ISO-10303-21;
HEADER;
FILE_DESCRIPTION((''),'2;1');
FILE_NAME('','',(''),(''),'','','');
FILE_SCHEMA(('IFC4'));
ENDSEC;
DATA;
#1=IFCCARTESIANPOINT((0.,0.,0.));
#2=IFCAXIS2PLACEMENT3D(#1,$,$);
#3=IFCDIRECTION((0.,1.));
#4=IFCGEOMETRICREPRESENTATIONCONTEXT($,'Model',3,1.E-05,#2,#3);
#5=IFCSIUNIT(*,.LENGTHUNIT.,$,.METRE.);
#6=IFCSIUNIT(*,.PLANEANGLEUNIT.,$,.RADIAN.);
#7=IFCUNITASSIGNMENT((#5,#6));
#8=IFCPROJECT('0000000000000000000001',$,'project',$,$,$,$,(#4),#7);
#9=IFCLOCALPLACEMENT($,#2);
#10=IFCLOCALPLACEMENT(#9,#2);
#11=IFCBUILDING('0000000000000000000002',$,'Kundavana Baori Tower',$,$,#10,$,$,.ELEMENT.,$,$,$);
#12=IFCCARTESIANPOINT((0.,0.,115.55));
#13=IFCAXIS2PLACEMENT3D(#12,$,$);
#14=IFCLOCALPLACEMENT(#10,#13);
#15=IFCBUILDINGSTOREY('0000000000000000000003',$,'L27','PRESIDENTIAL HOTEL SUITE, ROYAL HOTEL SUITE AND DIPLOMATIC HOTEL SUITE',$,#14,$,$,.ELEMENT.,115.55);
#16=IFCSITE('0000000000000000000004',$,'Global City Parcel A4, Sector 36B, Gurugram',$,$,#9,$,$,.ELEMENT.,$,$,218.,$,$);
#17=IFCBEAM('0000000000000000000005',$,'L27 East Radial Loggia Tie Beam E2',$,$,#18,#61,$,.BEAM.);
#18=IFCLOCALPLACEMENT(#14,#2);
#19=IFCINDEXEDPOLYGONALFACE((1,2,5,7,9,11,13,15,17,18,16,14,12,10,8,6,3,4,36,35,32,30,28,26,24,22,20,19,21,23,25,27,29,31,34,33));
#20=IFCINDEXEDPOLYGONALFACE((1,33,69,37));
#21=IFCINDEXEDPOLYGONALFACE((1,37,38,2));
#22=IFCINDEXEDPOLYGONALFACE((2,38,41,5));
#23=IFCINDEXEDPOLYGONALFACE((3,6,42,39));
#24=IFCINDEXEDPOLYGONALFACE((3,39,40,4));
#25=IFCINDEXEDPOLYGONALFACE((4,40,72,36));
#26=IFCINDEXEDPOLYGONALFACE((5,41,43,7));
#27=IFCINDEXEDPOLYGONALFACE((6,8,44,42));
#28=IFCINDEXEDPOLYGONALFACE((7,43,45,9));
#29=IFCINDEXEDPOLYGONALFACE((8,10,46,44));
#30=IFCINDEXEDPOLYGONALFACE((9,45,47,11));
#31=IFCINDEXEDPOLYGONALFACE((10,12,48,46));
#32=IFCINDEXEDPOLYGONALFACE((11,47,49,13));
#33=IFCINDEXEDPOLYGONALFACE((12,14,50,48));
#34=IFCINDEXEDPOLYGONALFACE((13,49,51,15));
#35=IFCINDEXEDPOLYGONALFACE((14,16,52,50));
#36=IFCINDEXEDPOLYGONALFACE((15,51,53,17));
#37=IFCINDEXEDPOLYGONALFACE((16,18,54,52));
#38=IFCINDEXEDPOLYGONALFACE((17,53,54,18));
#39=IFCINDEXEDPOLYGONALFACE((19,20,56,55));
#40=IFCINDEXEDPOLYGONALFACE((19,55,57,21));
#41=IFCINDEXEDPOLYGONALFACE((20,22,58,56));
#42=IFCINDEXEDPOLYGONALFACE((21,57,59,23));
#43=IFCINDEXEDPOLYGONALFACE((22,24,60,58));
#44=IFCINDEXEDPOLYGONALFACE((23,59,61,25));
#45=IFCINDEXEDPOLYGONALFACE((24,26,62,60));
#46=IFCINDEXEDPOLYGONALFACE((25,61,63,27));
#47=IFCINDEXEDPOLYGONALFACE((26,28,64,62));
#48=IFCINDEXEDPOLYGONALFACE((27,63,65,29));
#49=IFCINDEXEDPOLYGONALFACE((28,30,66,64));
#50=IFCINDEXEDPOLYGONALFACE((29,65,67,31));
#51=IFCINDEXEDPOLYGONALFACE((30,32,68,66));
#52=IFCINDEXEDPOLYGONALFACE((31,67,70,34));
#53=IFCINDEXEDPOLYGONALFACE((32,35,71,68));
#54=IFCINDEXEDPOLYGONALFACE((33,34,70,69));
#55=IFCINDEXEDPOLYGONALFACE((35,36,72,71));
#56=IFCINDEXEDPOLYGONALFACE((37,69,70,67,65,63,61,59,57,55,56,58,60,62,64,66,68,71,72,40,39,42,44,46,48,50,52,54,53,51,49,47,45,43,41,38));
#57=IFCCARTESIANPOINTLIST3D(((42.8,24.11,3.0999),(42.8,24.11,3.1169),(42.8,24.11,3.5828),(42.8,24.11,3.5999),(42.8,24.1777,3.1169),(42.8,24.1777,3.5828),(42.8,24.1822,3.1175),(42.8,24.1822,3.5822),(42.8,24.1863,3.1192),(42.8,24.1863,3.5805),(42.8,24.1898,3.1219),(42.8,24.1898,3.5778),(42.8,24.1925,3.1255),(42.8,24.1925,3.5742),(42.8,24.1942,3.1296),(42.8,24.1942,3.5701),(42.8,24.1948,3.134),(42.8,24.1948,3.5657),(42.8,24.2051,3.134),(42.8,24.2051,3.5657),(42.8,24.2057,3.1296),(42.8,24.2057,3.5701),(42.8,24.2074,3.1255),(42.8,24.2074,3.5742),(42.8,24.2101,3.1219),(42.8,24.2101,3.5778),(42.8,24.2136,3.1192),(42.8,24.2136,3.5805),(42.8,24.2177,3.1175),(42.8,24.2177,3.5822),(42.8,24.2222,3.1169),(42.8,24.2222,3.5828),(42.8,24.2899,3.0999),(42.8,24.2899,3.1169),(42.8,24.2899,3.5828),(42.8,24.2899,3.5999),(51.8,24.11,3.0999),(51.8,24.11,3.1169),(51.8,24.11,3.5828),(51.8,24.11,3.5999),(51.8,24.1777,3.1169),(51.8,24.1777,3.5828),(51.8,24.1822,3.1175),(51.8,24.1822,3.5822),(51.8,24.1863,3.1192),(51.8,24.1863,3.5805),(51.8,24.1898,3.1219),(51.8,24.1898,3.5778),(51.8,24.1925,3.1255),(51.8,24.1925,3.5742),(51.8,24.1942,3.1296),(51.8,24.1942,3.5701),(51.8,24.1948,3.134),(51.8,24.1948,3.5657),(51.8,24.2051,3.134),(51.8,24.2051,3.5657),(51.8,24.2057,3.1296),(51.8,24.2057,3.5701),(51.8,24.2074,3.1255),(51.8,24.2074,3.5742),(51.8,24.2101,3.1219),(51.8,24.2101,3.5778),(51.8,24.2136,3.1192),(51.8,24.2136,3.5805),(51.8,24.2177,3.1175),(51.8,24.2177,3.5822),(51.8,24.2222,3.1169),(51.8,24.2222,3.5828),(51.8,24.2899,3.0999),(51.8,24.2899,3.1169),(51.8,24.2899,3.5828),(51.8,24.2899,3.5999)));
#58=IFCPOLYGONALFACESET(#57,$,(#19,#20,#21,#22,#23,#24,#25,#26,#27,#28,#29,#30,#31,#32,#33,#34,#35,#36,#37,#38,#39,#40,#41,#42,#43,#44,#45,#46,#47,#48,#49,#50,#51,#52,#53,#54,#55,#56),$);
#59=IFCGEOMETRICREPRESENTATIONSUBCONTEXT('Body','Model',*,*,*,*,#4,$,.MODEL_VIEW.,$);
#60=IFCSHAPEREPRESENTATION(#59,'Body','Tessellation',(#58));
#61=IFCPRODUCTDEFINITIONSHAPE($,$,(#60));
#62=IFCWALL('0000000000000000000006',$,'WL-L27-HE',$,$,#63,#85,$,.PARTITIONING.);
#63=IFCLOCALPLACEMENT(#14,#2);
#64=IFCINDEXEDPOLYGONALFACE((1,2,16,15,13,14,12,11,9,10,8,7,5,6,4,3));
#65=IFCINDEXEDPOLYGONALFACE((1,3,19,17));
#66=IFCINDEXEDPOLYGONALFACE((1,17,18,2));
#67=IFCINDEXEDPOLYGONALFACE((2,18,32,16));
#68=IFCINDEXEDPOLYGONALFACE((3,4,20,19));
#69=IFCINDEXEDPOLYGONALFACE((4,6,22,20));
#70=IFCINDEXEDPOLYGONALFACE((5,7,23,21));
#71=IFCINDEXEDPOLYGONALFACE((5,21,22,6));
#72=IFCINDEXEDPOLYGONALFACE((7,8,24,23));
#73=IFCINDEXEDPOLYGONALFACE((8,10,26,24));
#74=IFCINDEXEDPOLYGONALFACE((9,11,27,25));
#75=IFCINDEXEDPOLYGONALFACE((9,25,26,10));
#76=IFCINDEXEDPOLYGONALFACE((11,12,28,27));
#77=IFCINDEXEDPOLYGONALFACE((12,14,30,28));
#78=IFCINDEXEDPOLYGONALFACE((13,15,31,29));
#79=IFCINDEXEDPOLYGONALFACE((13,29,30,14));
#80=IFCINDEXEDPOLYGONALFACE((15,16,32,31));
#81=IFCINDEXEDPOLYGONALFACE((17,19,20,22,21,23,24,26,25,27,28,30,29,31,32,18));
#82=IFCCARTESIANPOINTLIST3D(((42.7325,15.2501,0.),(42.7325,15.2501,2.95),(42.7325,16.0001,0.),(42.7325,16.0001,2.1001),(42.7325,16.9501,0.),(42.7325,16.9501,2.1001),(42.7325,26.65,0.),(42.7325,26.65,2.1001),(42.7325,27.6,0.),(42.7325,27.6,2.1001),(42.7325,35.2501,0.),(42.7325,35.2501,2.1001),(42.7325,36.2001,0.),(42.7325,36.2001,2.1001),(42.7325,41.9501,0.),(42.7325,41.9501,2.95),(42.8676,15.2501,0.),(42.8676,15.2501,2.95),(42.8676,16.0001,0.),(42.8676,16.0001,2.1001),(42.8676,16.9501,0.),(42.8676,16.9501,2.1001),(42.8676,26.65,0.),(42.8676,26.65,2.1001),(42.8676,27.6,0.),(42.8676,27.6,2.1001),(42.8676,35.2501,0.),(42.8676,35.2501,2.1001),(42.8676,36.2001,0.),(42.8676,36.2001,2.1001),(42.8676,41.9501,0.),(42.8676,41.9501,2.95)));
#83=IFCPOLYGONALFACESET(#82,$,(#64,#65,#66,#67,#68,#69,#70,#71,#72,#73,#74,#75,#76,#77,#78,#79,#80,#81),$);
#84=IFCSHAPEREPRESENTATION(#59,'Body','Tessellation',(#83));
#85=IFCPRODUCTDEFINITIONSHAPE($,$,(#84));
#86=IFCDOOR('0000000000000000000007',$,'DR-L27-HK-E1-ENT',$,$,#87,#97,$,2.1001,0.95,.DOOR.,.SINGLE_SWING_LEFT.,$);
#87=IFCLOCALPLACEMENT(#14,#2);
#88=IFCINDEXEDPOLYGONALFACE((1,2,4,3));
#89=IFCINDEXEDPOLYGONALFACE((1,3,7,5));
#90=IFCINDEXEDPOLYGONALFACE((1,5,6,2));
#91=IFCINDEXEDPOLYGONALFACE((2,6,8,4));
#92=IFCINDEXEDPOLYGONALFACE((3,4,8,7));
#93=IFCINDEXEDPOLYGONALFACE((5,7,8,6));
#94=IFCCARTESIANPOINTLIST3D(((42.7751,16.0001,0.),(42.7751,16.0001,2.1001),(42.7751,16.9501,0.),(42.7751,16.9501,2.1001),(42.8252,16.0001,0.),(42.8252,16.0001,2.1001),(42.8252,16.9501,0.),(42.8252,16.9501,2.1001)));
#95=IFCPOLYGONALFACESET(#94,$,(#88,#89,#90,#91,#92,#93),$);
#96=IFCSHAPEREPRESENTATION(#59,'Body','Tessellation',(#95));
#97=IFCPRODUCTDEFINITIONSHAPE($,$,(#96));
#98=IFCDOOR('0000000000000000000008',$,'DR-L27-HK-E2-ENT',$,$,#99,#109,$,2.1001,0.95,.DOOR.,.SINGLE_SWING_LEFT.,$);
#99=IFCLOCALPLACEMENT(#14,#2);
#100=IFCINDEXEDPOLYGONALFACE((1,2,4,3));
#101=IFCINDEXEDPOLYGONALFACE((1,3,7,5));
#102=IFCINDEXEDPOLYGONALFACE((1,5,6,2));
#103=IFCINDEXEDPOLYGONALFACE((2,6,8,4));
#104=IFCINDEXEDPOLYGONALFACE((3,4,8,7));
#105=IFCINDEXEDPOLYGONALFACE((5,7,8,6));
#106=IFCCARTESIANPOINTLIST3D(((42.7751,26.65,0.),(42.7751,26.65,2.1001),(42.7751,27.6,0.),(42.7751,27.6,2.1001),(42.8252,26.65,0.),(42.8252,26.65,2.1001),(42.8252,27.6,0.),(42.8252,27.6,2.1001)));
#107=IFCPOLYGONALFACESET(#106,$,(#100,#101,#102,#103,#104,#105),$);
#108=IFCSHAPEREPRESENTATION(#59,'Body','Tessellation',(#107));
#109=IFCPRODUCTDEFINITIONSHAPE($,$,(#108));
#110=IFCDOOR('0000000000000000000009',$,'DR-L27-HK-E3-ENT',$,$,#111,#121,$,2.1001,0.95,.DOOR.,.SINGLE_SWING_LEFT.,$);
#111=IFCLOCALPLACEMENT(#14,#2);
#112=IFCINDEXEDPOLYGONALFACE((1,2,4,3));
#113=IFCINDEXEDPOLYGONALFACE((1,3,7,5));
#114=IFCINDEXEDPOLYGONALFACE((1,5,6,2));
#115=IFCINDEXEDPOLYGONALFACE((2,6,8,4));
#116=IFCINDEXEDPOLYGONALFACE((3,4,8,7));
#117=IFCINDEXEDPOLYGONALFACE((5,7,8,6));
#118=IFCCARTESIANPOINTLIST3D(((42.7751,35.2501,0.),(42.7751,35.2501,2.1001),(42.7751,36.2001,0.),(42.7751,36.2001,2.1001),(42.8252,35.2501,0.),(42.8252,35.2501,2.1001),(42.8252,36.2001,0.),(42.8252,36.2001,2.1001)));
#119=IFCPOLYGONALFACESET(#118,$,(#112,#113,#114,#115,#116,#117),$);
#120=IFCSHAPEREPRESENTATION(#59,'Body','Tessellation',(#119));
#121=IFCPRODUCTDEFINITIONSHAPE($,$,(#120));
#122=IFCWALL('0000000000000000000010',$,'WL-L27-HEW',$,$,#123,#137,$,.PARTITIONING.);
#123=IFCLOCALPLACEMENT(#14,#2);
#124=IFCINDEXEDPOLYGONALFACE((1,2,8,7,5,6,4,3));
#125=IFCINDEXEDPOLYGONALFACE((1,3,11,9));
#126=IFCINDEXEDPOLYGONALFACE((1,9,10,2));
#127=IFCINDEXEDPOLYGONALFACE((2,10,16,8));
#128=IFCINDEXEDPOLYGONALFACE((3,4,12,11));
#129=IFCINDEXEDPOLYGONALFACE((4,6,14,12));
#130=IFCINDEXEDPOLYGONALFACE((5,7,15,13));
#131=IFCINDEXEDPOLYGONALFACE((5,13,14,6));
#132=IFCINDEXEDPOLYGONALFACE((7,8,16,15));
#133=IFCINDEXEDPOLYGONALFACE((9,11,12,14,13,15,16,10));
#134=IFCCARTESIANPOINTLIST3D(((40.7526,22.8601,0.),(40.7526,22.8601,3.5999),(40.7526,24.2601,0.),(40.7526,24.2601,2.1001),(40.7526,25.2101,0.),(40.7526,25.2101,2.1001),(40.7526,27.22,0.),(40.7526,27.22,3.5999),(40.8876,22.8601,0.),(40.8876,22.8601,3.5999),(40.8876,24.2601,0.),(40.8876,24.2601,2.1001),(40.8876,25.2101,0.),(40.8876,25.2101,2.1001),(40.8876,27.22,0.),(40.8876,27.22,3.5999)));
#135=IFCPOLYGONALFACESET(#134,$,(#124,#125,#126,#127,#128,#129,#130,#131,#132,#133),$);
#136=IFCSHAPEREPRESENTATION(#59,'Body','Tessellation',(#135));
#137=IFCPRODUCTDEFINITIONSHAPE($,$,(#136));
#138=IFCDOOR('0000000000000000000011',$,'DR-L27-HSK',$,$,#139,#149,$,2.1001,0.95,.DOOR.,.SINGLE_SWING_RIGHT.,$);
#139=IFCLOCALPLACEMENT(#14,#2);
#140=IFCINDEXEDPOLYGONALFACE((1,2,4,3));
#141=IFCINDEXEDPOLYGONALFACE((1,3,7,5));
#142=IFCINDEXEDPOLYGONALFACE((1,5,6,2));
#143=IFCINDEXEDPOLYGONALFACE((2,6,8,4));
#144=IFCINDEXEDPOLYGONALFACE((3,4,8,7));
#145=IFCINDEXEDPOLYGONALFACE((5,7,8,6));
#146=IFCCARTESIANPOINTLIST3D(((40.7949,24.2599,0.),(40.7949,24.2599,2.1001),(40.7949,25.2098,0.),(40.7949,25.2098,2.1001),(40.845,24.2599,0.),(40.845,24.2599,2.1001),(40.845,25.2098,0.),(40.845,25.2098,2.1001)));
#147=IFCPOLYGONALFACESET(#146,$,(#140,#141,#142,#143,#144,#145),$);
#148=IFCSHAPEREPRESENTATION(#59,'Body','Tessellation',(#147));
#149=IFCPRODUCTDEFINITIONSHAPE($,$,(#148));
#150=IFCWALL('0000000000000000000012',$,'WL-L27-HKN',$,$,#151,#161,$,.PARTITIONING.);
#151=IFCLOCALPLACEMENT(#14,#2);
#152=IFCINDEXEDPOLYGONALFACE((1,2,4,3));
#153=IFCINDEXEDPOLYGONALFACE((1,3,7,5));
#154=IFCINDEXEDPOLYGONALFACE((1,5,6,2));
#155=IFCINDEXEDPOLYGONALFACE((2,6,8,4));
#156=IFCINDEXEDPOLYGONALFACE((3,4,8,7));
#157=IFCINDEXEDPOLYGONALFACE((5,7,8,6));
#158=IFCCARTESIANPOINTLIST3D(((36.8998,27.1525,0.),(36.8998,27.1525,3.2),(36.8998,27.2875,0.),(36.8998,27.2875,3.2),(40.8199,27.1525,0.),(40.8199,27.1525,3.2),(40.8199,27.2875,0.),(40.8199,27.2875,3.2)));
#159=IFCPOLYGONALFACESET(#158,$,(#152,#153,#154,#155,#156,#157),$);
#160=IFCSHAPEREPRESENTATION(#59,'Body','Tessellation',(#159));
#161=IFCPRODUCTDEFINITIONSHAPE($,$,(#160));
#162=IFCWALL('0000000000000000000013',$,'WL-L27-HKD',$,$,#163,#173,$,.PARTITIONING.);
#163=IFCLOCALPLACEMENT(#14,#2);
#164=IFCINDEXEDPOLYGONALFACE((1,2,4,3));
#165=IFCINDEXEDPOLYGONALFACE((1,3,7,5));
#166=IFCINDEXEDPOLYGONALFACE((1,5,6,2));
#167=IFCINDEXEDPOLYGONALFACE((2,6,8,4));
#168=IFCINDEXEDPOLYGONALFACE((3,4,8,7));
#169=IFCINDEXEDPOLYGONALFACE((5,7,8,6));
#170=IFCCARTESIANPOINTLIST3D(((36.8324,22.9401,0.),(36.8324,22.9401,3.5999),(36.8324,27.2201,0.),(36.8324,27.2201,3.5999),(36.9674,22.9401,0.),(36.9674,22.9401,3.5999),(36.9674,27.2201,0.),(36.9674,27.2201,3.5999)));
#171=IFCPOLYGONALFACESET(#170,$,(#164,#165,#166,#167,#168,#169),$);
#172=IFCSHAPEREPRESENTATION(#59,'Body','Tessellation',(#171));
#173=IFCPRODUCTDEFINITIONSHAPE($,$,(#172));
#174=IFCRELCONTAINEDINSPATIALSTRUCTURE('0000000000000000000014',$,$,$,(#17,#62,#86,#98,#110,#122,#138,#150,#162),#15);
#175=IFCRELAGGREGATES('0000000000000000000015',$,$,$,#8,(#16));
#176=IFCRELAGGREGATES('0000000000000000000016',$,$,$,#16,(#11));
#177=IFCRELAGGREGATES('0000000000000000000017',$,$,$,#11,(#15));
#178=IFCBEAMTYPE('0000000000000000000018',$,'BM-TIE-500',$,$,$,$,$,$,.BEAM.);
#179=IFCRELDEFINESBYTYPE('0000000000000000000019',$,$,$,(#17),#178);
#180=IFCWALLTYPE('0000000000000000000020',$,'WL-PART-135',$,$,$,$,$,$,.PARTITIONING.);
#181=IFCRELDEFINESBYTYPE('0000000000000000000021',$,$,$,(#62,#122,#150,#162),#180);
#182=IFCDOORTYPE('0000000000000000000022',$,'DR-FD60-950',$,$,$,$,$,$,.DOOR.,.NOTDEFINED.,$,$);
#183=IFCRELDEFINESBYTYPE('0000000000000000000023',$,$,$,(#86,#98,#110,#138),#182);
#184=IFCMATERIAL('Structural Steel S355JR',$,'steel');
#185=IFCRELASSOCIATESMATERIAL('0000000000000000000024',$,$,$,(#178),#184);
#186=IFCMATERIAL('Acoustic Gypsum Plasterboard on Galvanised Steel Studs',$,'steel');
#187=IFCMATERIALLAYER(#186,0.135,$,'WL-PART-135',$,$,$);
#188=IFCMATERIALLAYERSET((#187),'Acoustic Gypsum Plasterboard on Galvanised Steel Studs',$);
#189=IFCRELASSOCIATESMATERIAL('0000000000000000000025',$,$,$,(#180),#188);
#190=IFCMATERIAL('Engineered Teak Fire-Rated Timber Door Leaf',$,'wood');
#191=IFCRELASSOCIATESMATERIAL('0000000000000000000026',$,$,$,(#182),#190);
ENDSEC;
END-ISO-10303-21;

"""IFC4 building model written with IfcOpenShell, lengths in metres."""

from ifc_helpers import new_model, si_unit, direction, frame, frame_2d, origin, origin_2d, place, context, subcontext, project, spatial, rectangle, i_section, extrude, material, layer, layer_set, material_profile, profile_set, type_object, element, fill, save


model = new_model("IFC4")

# Units and contexts
model_context = context("Model", 3, precision=1e-05, world=origin(), true_north=direction((0.0, 1.0)))
body_context = subcontext(model_context, "Body", "Model", "MODEL_VIEW")
ifc_project = project(units=[si_unit("LENGTHUNIT", "METRE"), si_unit("PLANEANGLEUNIT", "RADIAN")], contexts=[model_context])

# Site, building, storey
site_placement = place(None, origin())
site = spatial("IfcSite", under=ifc_project, at=site_placement, Name="Global City Parcel A4, Sector 36B, Gurugram", CompositionType="ELEMENT", RefElevation=218.0)
building_placement = place(site_placement, origin())
building = spatial("IfcBuilding", under=site, at=building_placement, Name="Kundavana Baori Tower", CompositionType="ELEMENT")
storey_placement = place(building_placement, frame((0.0, 0.0, 115.55)))
storey = spatial("IfcBuildingStorey", under=building, at=storey_placement, Name="L27", Description="PRESIDENTIAL HOTEL SUITE, ROYAL HOTEL SUITE AND DIPLOMATIC HOTEL SUITE", CompositionType="ELEMENT", Elevation=115.55)

# Beam
ifc_material_1 = material(Name="Structural Steel S355JR", Category="steel")
ifc_material_profile_1 = material_profile(ifc_material_1, i_section(OverallWidth=0.1799, OverallDepth=0.5, WebThickness=0.0103, FlangeThickness=0.0171, FilletRadius=0.0171, at=origin_2d()), Name="ISMB 500")
ifc_profile_set_1 = profile_set([ifc_material_profile_1], Name="Structural Steel S355JR")
beam_type_1 = type_object("IfcBeamType", Name="BM-TIE-500", PredefinedType="BEAM", material=ifc_profile_set_1)
beam_1_placement = place(storey_placement, frame((42.8, 24.2, 3.3499), z_axis=(1.0, 0.0, 0.0), x_axis=(0.0, 1.0, 0.0)))
element("IfcBeam", 1, at=beam_1_placement, inside=storey, type_object=beam_type_1, Name="L27 East Radial Loggia Tie Beam E2", PredefinedType="BEAM", context=body_context, shape_type="SweptSolid", body=[
    extrude(i_section(OverallWidth=0.1799, OverallDepth=0.5, WebThickness=0.0103, FlangeThickness=0.0171, FilletRadius=0.0171, at=origin_2d()), origin(), (0.0, 0.0, 1.0), 9.0),
])

# Wall, openings, doors
ifc_material_2 = material(Name="Acoustic Gypsum Plasterboard on Galvanised Steel Studs", Category="steel")
ifc_layer_1 = layer(ifc_material_2, 0.135, Name="WL-PART-135")
ifc_layer_set_1 = layer_set([ifc_layer_1], Name="Acoustic Gypsum Plasterboard on Galvanised Steel Studs")
wall_type_1 = type_object("IfcWallType", Name="WL-PART-135", PredefinedType="PARTITIONING", material=ifc_layer_set_1)
wall_1_placement = place(storey_placement, frame((42.8, 15.25, 0.0), z_axis=(0.0, 0.0, 1.0), x_axis=(0.0, 1.0, 0.0)))
wall_1 = element("IfcWall", 2, at=wall_1_placement, inside=storey, type_object=wall_type_1, Name="WL-L27-HE", PredefinedType="PARTITIONING", context=body_context, shape_type="SweptSolid", body=[
    extrude(rectangle(XDim=26.7, YDim=0.135, at=frame_2d((13.3501, 0.0))), origin(), (0.0, 0.0, 1.0), 2.95),
])
opening_1_placement = place(wall_1_placement, frame((0.75, 0.0, 0.0)))
opening_1 = element("IfcOpeningElement", 3, at=opening_1_placement, cuts=wall_1, PredefinedType="OPENING", context=body_context, shape_type="SweptSolid", body=[
    extrude(rectangle(XDim=0.95, YDim=2.1001, at=frame_2d((0.4751, 1.05))), frame((0.0, 0.0776, 0.0), z_axis=(0.0, -1.0, 0.0), x_axis=(1.0, 0.0, 0.0)), (0.0, 0.0, 1.0), 0.155),
])
opening_2_placement = place(wall_1_placement, frame((11.3999, 0.0, 0.0)))
opening_2 = element("IfcOpeningElement", 4, at=opening_2_placement, cuts=wall_1, PredefinedType="OPENING", context=body_context, shape_type="SweptSolid", body=[
    extrude(rectangle(XDim=0.95, YDim=2.1001, at=frame_2d((0.4751, 1.05))), frame((0.0, 0.0776, 0.0), z_axis=(0.0, -1.0, 0.0), x_axis=(1.0, 0.0, 0.0)), (0.0, 0.0, 1.0), 0.155),
])
opening_3_placement = place(wall_1_placement, frame((20.0, 0.0, 0.0)))
opening_3 = element("IfcOpeningElement", 5, at=opening_3_placement, cuts=wall_1, PredefinedType="OPENING", context=body_context, shape_type="SweptSolid", body=[
    extrude(rectangle(XDim=0.95, YDim=2.1001, at=frame_2d((0.4751, 1.05))), frame((0.0, 0.0776, 0.0), z_axis=(0.0, -1.0, 0.0), x_axis=(1.0, 0.0, 0.0)), (0.0, 0.0, 1.0), 0.155),
])
ifc_material_3 = material(Name="Engineered Teak Fire-Rated Timber Door Leaf", Category="wood")
door_type_1 = type_object("IfcDoorType", Name="DR-FD60-950", OperationType="NOTDEFINED", PredefinedType="DOOR", material=ifc_material_3)
door_1_placement = place(opening_1_placement, origin())
door_1 = element("IfcDoor", 6, at=door_1_placement, inside=storey, type_object=door_type_1, Name="DR-L27-HK-E1-ENT", OperationType="SINGLE_SWING_LEFT", OverallHeight=2.1001, OverallWidth=0.95, PredefinedType="DOOR", context=body_context, shape_type="SweptSolid", body=[
    extrude(rectangle(XDim=0.95, YDim=2.1001, at=frame_2d((0.4751, 1.05))), frame((0.0, 0.0249, 0.0), z_axis=(0.0, -1.0, 0.0), x_axis=(1.0, 0.0, 0.0)), (0.0, 0.0, 1.0), 0.05),
])
fill(opening_1, door_1)
door_2_placement = place(opening_2_placement, origin())
door_2 = element("IfcDoor", 7, at=door_2_placement, inside=storey, type_object=door_type_1, Name="DR-L27-HK-E2-ENT", OperationType="SINGLE_SWING_LEFT", OverallHeight=2.1001, OverallWidth=0.95, PredefinedType="DOOR", context=body_context, shape_type="SweptSolid", body=[
    extrude(rectangle(XDim=0.95, YDim=2.1001, at=frame_2d((0.4751, 1.05))), frame((0.0, 0.0249, 0.0), z_axis=(0.0, -1.0, 0.0), x_axis=(1.0, 0.0, 0.0)), (0.0, 0.0, 1.0), 0.05),
])
fill(opening_2, door_2)
door_3_placement = place(opening_3_placement, origin())
door_3 = element("IfcDoor", 8, at=door_3_placement, inside=storey, type_object=door_type_1, Name="DR-L27-HK-E3-ENT", OperationType="SINGLE_SWING_LEFT", OverallHeight=2.1001, OverallWidth=0.95, PredefinedType="DOOR", context=body_context, shape_type="SweptSolid", body=[
    extrude(rectangle(XDim=0.95, YDim=2.1001, at=frame_2d((0.4751, 1.05))), frame((0.0, 0.0249, 0.0), z_axis=(0.0, -1.0, 0.0), x_axis=(1.0, 0.0, 0.0)), (0.0, 0.0, 1.0), 0.05),
])
fill(opening_3, door_3)

# Wall, opening, door
wall_2_placement = place(storey_placement, frame((40.8201, 22.8601, 0.0), z_axis=(0.0, 0.0, 1.0), x_axis=(0.0, 1.0, 0.0)))
wall_2 = element("IfcWall", 9, at=wall_2_placement, inside=storey, type_object=wall_type_1, Name="WL-L27-HEW", PredefinedType="PARTITIONING", context=body_context, shape_type="SweptSolid", body=[
    extrude(rectangle(XDim=4.3599, YDim=0.135, at=frame_2d((2.1799, 0.0))), origin(), (0.0, 0.0, 1.0), 3.5999),
])
opening_4_placement = place(wall_2_placement, frame((1.3999, 0.0, 0.0)))
opening_4 = element("IfcOpeningElement", 10, at=opening_4_placement, cuts=wall_2, PredefinedType="OPENING", context=body_context, shape_type="SweptSolid", body=[
    extrude(rectangle(XDim=0.95, YDim=2.1001, at=frame_2d((0.4751, 1.05))), frame((0.0, 0.0776, 0.0), z_axis=(0.0, -1.0, 0.0), x_axis=(1.0, 0.0, 0.0)), (0.0, 0.0, 1.0), 0.155),
])
door_4_placement = place(opening_4_placement, frame((0.95, 0.0, 0.0), z_axis=(0.0, 0.0, 1.0), x_axis=(-1.0, 0.0, 0.0)))
door_4 = element("IfcDoor", 11, at=door_4_placement, inside=storey, type_object=door_type_1, Name="DR-L27-HSK", OperationType="SINGLE_SWING_RIGHT", OverallHeight=2.1001, OverallWidth=0.95, PredefinedType="DOOR", context=body_context, shape_type="SweptSolid", body=[
    extrude(rectangle(XDim=0.95, YDim=2.1001, at=frame_2d((0.4751, 1.05))), frame((0.0, 0.0249, 0.0), z_axis=(0.0, -1.0, 0.0), x_axis=(1.0, 0.0, 0.0)), (0.0, 0.0, 1.0), 0.05),
])
fill(opening_4, door_4)

# Walls
wall_3_placement = place(storey_placement, frame((36.8999, 27.22, 0.0), z_axis=(0.0, 0.0, 1.0), x_axis=(1.0, 0.0, 0.0)))
element("IfcWall", 12, at=wall_3_placement, inside=storey, type_object=wall_type_1, Name="WL-L27-HKN", PredefinedType="PARTITIONING", context=body_context, shape_type="SweptSolid", body=[
    extrude(rectangle(XDim=3.9202, YDim=0.135, at=frame_2d((1.96, 0.0))), origin(), (0.0, 0.0, 1.0), 3.2),
])
wall_4_placement = place(storey_placement, frame((36.8999, 22.9399, 0.0), z_axis=(0.0, 0.0, 1.0), x_axis=(0.0, 1.0, 0.0)))
element("IfcWall", 13, at=wall_4_placement, inside=storey, type_object=wall_type_1, Name="WL-L27-HKD", PredefinedType="PARTITIONING", context=body_context, shape_type="SweptSolid", body=[
    extrude(rectangle(XDim=4.28, YDim=0.135, at=frame_2d((2.1401, 0.0))), origin(), (0.0, 0.0, 1.0), 3.5999),
])

save(model, "model.ifc")
